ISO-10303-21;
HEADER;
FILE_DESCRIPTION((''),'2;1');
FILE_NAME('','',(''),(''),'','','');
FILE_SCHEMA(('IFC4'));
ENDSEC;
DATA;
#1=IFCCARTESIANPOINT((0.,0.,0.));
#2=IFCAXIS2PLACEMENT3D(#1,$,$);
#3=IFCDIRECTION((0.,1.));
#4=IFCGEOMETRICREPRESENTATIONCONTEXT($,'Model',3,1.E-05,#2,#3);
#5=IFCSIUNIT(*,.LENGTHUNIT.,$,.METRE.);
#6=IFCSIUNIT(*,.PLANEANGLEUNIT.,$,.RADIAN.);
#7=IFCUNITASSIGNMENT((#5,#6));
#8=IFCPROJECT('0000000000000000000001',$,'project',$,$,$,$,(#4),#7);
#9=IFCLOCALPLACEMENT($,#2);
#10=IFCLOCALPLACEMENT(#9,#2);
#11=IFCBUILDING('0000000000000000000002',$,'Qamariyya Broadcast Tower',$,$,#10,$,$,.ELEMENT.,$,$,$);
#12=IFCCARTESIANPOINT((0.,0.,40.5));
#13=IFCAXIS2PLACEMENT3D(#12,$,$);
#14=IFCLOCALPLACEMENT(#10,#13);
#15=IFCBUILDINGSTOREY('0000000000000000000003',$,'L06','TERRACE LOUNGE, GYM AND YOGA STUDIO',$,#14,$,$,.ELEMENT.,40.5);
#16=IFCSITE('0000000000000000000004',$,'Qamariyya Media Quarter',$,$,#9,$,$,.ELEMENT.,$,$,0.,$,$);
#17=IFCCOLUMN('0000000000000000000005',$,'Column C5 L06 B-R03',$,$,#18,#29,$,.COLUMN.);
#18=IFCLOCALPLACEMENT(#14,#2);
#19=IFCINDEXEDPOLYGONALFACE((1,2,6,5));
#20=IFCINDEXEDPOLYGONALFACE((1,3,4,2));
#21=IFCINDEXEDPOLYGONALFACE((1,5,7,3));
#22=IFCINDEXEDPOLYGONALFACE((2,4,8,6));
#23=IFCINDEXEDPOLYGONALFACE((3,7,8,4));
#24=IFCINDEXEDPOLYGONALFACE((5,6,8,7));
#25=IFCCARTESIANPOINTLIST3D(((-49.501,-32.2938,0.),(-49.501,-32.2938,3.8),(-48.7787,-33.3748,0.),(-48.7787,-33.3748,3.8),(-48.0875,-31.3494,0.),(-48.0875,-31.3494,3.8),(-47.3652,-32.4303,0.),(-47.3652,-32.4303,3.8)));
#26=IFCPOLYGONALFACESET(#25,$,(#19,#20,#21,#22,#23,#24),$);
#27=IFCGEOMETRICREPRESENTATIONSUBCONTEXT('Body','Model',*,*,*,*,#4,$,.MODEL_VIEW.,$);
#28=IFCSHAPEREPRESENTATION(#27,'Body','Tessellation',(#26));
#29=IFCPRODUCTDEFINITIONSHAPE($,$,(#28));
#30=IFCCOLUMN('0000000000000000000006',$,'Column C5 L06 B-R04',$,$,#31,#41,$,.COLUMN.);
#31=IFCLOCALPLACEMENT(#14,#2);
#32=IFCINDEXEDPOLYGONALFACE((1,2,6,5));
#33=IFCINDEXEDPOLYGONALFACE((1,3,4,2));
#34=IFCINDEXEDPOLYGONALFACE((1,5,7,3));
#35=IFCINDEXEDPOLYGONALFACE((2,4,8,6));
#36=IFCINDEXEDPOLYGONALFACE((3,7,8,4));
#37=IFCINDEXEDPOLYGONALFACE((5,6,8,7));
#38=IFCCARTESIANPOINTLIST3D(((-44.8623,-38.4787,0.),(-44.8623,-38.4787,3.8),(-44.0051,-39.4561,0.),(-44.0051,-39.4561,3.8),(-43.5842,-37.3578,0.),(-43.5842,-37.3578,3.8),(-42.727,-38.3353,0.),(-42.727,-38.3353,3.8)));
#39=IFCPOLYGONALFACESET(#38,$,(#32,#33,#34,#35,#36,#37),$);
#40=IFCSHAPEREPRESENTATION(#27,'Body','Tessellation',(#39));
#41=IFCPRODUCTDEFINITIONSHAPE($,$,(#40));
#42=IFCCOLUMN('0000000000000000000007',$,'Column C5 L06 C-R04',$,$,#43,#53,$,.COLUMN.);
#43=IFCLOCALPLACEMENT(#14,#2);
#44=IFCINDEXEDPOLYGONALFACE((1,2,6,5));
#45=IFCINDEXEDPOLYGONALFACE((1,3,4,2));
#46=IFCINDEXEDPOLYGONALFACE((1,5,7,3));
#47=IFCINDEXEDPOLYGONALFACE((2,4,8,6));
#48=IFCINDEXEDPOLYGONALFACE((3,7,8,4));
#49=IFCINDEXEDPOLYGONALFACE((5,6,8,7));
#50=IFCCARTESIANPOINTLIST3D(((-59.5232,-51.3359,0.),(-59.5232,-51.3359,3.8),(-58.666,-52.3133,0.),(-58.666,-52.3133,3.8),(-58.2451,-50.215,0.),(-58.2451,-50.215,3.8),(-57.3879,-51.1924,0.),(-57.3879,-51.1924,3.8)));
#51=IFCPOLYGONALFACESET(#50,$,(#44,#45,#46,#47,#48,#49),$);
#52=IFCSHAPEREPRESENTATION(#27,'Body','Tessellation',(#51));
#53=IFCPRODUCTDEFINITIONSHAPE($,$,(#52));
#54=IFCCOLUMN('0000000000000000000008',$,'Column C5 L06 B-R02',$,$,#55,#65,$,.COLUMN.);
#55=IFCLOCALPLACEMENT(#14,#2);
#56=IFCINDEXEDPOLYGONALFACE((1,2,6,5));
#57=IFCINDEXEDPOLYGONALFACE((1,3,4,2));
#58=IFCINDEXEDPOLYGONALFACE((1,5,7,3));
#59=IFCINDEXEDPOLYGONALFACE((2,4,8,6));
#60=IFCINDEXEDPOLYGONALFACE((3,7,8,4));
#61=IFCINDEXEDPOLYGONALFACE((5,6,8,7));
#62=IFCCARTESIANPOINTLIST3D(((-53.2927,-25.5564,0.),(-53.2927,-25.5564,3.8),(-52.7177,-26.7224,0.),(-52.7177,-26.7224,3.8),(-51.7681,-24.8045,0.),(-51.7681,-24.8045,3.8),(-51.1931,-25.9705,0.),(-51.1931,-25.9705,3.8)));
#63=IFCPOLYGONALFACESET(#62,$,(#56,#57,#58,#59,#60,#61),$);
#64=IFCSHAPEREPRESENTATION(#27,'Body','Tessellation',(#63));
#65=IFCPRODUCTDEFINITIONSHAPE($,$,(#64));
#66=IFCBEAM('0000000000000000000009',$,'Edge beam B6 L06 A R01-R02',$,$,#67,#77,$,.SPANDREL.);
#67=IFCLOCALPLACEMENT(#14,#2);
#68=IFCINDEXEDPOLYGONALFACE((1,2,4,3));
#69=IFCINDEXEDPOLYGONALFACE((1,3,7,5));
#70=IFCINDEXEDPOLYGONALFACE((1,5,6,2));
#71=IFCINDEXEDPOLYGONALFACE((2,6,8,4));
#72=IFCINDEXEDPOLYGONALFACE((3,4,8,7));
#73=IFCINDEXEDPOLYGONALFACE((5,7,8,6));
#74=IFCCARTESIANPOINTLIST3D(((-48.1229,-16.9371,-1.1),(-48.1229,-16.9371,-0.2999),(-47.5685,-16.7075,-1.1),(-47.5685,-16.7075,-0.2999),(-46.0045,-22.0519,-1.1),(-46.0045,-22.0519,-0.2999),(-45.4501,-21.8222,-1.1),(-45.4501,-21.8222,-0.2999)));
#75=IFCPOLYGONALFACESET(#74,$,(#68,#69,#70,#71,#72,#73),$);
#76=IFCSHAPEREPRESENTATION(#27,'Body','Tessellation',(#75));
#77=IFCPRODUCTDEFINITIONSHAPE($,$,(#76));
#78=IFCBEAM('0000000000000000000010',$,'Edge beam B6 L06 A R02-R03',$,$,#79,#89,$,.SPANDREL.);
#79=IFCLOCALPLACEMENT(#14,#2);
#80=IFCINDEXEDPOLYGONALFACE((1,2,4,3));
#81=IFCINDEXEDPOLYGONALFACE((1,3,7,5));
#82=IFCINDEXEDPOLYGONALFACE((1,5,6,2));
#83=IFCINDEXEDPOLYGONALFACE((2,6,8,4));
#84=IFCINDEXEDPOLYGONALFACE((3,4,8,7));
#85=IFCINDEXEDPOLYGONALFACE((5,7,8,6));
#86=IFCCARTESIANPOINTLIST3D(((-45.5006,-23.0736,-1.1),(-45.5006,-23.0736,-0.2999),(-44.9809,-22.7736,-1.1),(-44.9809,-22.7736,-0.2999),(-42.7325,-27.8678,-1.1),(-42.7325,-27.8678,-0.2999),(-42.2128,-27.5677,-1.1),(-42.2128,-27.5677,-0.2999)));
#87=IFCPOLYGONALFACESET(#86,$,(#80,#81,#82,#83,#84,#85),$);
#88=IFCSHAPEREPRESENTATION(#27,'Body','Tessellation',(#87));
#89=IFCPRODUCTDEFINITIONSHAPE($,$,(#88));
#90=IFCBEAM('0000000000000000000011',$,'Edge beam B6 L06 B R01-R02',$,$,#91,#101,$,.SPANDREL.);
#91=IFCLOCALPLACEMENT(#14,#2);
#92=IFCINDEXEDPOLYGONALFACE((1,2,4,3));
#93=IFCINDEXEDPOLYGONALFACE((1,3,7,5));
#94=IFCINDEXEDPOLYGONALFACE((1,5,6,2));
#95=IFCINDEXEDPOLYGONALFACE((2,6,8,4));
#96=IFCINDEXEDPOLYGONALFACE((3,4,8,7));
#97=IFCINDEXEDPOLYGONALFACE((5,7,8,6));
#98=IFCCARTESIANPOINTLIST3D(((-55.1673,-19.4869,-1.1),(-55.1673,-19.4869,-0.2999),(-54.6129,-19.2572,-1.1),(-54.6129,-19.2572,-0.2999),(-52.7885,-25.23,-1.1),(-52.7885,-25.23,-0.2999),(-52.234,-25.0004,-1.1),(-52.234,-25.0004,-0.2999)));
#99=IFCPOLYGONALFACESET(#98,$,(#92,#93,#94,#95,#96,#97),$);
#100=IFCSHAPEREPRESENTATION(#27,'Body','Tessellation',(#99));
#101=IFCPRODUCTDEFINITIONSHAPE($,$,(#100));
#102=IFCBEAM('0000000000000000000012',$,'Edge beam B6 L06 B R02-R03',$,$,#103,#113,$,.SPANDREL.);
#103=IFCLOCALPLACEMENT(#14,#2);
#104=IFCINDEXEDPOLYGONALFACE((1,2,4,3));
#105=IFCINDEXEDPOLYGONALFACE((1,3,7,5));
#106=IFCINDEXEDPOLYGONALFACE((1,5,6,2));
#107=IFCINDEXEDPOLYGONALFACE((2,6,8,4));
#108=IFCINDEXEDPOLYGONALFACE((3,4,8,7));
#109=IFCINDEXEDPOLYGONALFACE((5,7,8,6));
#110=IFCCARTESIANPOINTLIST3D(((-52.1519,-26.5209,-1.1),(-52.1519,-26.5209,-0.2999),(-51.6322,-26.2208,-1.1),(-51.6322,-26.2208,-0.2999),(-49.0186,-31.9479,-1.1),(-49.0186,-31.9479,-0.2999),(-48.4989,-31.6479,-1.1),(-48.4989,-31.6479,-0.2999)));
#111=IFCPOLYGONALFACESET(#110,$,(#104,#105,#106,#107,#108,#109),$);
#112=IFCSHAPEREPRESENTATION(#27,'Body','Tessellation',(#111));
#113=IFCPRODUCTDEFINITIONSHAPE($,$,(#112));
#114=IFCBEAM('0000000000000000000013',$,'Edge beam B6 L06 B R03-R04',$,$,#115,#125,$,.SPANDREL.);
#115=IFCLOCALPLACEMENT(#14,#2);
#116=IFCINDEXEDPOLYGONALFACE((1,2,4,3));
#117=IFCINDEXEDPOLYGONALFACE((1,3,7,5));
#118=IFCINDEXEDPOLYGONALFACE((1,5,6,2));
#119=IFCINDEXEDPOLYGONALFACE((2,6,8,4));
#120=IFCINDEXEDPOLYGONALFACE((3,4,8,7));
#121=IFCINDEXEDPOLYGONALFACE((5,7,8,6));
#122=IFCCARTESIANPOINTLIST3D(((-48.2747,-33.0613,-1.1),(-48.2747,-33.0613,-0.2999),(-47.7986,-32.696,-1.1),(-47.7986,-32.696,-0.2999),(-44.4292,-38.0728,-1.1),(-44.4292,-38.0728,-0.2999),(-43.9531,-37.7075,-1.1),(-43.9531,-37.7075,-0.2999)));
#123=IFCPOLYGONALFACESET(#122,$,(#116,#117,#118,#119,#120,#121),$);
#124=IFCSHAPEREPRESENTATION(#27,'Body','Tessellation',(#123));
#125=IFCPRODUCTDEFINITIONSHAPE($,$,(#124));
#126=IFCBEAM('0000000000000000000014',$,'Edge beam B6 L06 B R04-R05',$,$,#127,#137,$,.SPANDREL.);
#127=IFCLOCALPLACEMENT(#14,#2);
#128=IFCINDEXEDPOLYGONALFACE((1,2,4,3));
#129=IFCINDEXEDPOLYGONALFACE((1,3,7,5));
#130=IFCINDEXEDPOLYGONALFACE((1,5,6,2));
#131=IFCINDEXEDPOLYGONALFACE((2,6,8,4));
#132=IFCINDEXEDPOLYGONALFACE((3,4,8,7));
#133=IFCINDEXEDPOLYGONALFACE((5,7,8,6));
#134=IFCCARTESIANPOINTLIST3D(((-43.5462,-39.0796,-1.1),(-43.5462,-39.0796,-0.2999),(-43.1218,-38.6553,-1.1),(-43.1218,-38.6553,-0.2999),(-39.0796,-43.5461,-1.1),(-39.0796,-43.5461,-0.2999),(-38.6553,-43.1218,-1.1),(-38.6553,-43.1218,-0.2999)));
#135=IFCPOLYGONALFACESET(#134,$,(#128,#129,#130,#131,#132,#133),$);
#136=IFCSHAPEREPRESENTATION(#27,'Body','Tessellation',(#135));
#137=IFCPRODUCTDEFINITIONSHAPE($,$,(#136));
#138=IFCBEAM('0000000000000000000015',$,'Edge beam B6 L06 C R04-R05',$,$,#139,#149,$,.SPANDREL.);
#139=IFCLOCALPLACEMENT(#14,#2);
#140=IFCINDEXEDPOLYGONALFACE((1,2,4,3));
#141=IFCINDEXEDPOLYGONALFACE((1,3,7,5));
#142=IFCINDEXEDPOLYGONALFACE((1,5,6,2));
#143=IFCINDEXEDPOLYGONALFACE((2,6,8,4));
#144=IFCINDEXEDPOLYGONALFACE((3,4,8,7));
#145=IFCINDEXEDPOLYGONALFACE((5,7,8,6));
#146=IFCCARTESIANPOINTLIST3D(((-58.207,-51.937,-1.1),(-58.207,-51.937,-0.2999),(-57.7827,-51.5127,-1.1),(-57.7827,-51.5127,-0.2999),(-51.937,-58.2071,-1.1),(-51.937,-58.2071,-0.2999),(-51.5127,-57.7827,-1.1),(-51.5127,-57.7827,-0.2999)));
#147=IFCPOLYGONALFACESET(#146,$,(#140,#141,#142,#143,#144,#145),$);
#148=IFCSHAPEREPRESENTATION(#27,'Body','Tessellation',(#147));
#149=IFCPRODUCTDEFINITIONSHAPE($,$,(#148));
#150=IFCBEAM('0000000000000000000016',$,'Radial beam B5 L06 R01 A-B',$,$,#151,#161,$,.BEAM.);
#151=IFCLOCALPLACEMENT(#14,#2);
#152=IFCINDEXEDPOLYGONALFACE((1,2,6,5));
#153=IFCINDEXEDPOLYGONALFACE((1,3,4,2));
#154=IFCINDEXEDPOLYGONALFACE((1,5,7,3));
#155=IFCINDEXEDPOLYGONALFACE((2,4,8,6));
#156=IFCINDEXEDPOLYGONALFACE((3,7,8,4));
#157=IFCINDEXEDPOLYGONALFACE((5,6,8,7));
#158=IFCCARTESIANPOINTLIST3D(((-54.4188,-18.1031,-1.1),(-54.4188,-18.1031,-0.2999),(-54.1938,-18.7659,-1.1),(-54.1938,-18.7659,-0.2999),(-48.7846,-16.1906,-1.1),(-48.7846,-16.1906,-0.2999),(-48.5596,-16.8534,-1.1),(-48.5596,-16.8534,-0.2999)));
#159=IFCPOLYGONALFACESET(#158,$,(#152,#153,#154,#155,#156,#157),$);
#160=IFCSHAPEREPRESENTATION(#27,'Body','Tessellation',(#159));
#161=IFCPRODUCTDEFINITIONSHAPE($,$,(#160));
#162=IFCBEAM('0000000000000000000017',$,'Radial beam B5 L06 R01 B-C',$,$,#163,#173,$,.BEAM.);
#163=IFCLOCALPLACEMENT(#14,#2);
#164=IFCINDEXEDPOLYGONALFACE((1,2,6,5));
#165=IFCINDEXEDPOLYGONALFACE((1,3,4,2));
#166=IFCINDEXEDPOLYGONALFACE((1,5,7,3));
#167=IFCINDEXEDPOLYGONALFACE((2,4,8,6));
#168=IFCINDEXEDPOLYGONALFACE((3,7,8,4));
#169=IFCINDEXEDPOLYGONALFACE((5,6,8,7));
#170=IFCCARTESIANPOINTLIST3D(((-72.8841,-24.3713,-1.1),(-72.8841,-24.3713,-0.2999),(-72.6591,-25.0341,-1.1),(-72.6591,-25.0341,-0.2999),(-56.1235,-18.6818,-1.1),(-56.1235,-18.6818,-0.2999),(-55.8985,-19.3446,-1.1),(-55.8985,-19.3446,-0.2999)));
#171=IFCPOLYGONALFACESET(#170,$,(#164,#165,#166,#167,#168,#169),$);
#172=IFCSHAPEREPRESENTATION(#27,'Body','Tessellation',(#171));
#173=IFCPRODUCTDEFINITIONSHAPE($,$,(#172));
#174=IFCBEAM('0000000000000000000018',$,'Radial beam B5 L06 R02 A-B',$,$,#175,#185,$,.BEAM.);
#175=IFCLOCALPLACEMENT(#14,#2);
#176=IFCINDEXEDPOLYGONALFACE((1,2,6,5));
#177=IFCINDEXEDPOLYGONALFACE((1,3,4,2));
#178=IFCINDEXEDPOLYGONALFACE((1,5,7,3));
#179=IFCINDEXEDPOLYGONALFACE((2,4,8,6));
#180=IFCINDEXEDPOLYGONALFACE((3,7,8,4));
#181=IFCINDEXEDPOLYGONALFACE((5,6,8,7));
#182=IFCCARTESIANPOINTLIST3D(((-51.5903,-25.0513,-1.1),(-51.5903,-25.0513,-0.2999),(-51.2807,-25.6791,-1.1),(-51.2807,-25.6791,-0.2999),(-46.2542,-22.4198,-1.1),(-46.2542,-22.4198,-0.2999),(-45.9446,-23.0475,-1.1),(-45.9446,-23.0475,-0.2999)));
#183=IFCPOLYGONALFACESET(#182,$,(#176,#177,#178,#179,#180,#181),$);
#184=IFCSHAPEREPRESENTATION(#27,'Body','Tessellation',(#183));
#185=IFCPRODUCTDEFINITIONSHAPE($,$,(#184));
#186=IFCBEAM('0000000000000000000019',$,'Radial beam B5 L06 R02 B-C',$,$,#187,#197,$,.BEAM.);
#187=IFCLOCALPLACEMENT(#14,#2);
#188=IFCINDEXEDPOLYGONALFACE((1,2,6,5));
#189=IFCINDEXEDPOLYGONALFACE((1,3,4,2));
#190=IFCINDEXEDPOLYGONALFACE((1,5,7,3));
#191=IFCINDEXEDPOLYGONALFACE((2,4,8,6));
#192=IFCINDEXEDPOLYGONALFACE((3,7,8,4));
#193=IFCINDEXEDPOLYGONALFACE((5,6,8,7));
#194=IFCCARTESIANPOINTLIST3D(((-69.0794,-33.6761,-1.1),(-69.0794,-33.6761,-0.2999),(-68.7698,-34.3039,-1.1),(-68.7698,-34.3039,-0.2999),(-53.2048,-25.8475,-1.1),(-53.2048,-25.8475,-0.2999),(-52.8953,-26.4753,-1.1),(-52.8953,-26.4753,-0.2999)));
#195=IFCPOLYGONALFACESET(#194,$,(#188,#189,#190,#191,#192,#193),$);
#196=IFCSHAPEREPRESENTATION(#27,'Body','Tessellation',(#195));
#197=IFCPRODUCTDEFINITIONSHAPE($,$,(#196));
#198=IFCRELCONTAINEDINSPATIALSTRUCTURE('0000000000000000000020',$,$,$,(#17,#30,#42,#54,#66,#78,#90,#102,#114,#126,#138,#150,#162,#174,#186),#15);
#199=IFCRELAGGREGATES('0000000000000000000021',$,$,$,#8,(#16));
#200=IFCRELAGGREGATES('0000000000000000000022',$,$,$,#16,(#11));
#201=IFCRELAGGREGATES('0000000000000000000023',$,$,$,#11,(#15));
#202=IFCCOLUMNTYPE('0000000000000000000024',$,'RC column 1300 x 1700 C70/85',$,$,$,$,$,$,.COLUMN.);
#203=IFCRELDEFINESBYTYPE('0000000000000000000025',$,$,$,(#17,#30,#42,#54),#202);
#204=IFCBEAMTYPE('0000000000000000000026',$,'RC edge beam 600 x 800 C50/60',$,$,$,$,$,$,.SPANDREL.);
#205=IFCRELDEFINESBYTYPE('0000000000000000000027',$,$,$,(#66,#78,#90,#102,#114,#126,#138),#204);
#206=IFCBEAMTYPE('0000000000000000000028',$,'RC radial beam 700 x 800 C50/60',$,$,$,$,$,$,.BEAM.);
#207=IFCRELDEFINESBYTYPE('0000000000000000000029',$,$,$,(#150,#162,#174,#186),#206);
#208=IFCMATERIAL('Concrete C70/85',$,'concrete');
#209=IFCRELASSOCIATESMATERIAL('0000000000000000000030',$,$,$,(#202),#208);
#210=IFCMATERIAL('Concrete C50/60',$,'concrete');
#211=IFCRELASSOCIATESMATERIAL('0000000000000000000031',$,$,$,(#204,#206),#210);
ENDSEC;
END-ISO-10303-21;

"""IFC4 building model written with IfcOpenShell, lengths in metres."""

from ifc_helpers import new_model, si_unit, direction, frame, origin, origin_2d, place, context, subcontext, project, spatial, rectangle, extrude, material, material_profile, profile_set, type_object, element, save


model = new_model("IFC4")

# Units and contexts
model_context = context("Model", 3, precision=1e-05, world=origin(), true_north=direction((0.0, 1.0)))
body_context = subcontext(model_context, "Body", "Model", "MODEL_VIEW")
ifc_project = project(units=[si_unit("LENGTHUNIT", "METRE"), si_unit("PLANEANGLEUNIT", "RADIAN")], contexts=[model_context])

# Site, building, storey
site_placement = place(None, origin())
site = spatial("IfcSite", under=ifc_project, at=site_placement, Name="Qamariyya Media Quarter", CompositionType="ELEMENT", RefElevation=0.0)
building_placement = place(site_placement, origin())
building = spatial("IfcBuilding", under=site, at=building_placement, Name="Qamariyya Broadcast Tower", CompositionType="ELEMENT")
storey_placement = place(building_placement, frame((0.0, 0.0, 40.5)))
storey = spatial("IfcBuildingStorey", under=building, at=storey_placement, Name="L06", Description="TERRACE LOUNGE, GYM AND YOGA STUDIO", CompositionType="ELEMENT", Elevation=40.5)

# Columns
ifc_material_1 = material(Name="Concrete C70/85", Category="concrete")
ifc_material_profile_1 = material_profile(ifc_material_1, rectangle(XDim=1.3, YDim=1.7, at=origin_2d()))
ifc_profile_set_1 = profile_set([ifc_material_profile_1], Name="Concrete C70/85")
column_type = type_object("IfcColumnType", Name="RC column 1300 x 1700 C70/85", PredefinedType="COLUMN", material=ifc_profile_set_1)
for number, where, z_axis, x_axis, name in (
    (1, (-48.4331, -32.3621, 0.0), (0.0, 0.0, 1.0), (0.55557, -0.83147, 0.0), "Column C5 L06 B-R03"),
    (2, (-43.7947, -38.407, 0.0), (0.0, 0.0, 1.0), (0.659346, -0.75184, 0.0), "Column C5 L06 B-R04"),
    (3, (-58.4556, -51.2642, 0.0), (0.0, 0.0, 1.0), (0.659346, -0.75184, 0.0), "Column C5 L06 C-R04"),
    (4, (-52.2429, -25.7634, 0.0), (0.0, 0.0, 1.0), (0.442289, -0.896873, 0.0), "Column C5 L06 B-R02"),
):
    element("IfcColumn", number, at=place(storey_placement, frame(where, z_axis=z_axis, x_axis=x_axis)), inside=storey, type_object=column_type, Name=name, PredefinedType="COLUMN", context=body_context, shape_type="SweptSolid", body=[
        extrude(rectangle(XDim=1.3, YDim=1.7, at=origin_2d()), origin(), (0.0, 0.0, 1.0), 3.8),
    ])

# Beams
ifc_material_2 = material(Name="Concrete C50/60", Category="concrete")
ifc_material_profile_2 = material_profile(ifc_material_2, rectangle(XDim=0.6001, YDim=0.8, at=origin_2d()))
ifc_profile_set_2 = profile_set([ifc_material_profile_2], Name="Concrete C50/60")
beam_type_1 = type_object("IfcBeamType", Name="RC edge beam 600 x 800 C50/60", PredefinedType="SPANDREL", material=ifc_profile_set_2)
beam_1_placement = place(storey_placement, frame((-47.8457, -16.8223, -0.7), z_axis=(0.382654, -0.923892, 0.0), x_axis=(0.923892, 0.382654, 0.0)))
element("IfcBeam", 5, at=beam_1_placement, inside=storey, type_object=beam_type_1, Name="Edge beam B6 L06 A R01-R02", PredefinedType="SPANDREL", context=body_context, shape_type="SweptSolid", body=[
    extrude(rectangle(XDim=0.6001, YDim=0.8, at=origin_2d()), origin(), (0.0, 0.0, 1.0), 5.5361),
])
beam_2_placement = place(storey_placement, frame((-45.2407, -22.9236, -0.7), z_axis=(0.500019, -0.866014, 0.0), x_axis=(0.866014, 0.500019, 0.0)))
element("IfcBeam", 6, at=beam_2_placement, inside=storey, type_object=beam_type_1, Name="Edge beam B6 L06 A R02-R03", PredefinedType="SPANDREL", context=body_context, shape_type="SweptSolid", body=[
    extrude(rectangle(XDim=0.6001, YDim=0.8, at=origin_2d()), origin(), (0.0, 0.0, 1.0), 5.5359),
])
beam_3_placement = place(storey_placement, frame((-54.8901, -19.3721, -0.7), z_axis=(0.382685, -0.923879, 0.0), x_axis=(0.923879, 0.382685, 0.0)))
element("IfcBeam", 7, at=beam_3_placement, inside=storey, type_object=beam_type_1, Name="Edge beam B6 L06 B R01-R02", PredefinedType="SPANDREL", context=body_context, shape_type="SweptSolid", body=[
    extrude(rectangle(XDim=0.6001, YDim=0.8, at=origin_2d()), origin(), (0.0, 0.0, 1.0), 6.2163),
])
beam_4_placement = place(storey_placement, frame((-51.8921, -26.3708, -0.7), z_axis=(0.500002, -0.866024, 0.0), x_axis=(0.866024, 0.500002, 0.0)))
element("IfcBeam", 8, at=beam_4_placement, inside=storey, type_object=beam_type_1, Name="Edge beam B6 L06 B R02-R03", PredefinedType="SPANDREL", context=body_context, shape_type="SweptSolid", body=[
    extrude(rectangle(XDim=0.6001, YDim=0.8, at=origin_2d()), origin(), (0.0, 0.0, 1.0), 6.2666),
])
beam_5_placement = place(storey_placement, frame((-48.0366, -32.8787, -0.7), z_axis=(0.608763, -0.793352, 0.0), x_axis=(0.793352, 0.608763, 0.0)))
element("IfcBeam", 9, at=beam_5_placement, inside=storey, type_object=beam_type_1, Name="Edge beam B6 L06 B R03-R04", PredefinedType="SPANDREL", context=body_context, shape_type="SweptSolid", body=[
    extrude(rectangle(XDim=0.6001, YDim=0.8, at=origin_2d()), origin(), (0.0, 0.0, 1.0), 6.3169),
])
beam_6_placement = place(storey_placement, frame((-43.334, -38.8674, -0.7), z_axis=(0.707107, -0.707107, 0.0), x_axis=(0.707107, 0.707107, 0.0)))
element("IfcBeam", 10, at=beam_6_placement, inside=storey, type_object=beam_type_1, Name="Edge beam B6 L06 B R04-R05", PredefinedType="SPANDREL", context=body_context, shape_type="SweptSolid", body=[
    extrude(rectangle(XDim=0.6001, YDim=0.8, at=origin_2d()), origin(), (0.0, 0.0, 1.0), 6.3167),
])
beam_7_placement = place(storey_placement, frame((-57.9949, -51.7249, -0.7), z_axis=(0.707107, -0.707107, 0.0), x_axis=(0.707107, 0.707107, 0.0)))
element("IfcBeam", 11, at=beam_7_placement, inside=storey, type_object=beam_type_1, Name="Edge beam B6 L06 C R04-R05", PredefinedType="SPANDREL", context=body_context, shape_type="SweptSolid", body=[
    extrude(rectangle(XDim=0.6001, YDim=0.8, at=origin_2d()), origin(), (0.0, 0.0, 1.0), 8.8672),
])
ifc_material_profile_3 = material_profile(ifc_material_2, rectangle(XDim=0.7, YDim=0.8, at=origin_2d()))
ifc_profile_set_3 = profile_set([ifc_material_profile_3], Name="Concrete C50/60")
beam_type_2 = type_object("IfcBeamType", Name="RC radial beam 700 x 800 C50/60", PredefinedType="BEAM", material=ifc_profile_set_3)
beam_8_placement = place(storey_placement, frame((-48.6721, -16.522, -0.7), z_axis=(-0.946929, -0.321442, 0.0), x_axis=(0.321442, -0.946929, 0.0)))
element("IfcBeam", 12, at=beam_8_placement, inside=storey, type_object=beam_type_2, Name="Radial beam B5 L06 R01 A-B", PredefinedType="BEAM", context=body_context, shape_type="SweptSolid", body=[
    extrude(rectangle(XDim=0.7, YDim=0.8, at=origin_2d()), origin(), (0.0, 0.0, 1.0), 5.95),
])
beam_9_placement = place(storey_placement, frame((-56.011, -19.0132, -0.7), z_axis=(-0.94693, -0.321441, 0.0), x_axis=(0.321441, -0.94693, 0.0)))
element("IfcBeam", 13, at=beam_9_placement, inside=storey, type_object=beam_type_2, Name="Radial beam B5 L06 R01 B-C", PredefinedType="BEAM", context=body_context, shape_type="SweptSolid", body=[
    extrude(rectangle(XDim=0.7, YDim=0.8, at=origin_2d()), origin(), (0.0, 0.0, 1.0), 17.7),
])
beam_10_placement = place(storey_placement, frame((-46.0994, -22.7336, -0.7), z_axis=(-0.896868, -0.442299, 0.0), x_axis=(0.442299, -0.896868, 0.0)))
element("IfcBeam", 14, at=beam_10_placement, inside=storey, type_object=beam_type_2, Name="Radial beam B5 L06 R02 A-B", PredefinedType="BEAM", context=body_context, shape_type="SweptSolid", body=[
    extrude(rectangle(XDim=0.7, YDim=0.8, at=origin_2d()), origin(), (0.0, 0.0, 1.0), 5.9497),
])
beam_11_placement = place(storey_placement, frame((-53.05, -26.1614, -0.7), z_axis=(-0.896869, -0.442296, 0.0), x_axis=(0.442296, -0.896869, 0.0)))
element("IfcBeam", 15, at=beam_11_placement, inside=storey, type_object=beam_type_2, Name="Radial beam B5 L06 R02 B-C", PredefinedType="BEAM", context=body_context, shape_type="SweptSolid", body=[
    extrude(rectangle(XDim=0.7, YDim=0.8, at=origin_2d()), origin(), (0.0, 0.0, 1.0), 17.7),
])

save(model, "model.ifc")
